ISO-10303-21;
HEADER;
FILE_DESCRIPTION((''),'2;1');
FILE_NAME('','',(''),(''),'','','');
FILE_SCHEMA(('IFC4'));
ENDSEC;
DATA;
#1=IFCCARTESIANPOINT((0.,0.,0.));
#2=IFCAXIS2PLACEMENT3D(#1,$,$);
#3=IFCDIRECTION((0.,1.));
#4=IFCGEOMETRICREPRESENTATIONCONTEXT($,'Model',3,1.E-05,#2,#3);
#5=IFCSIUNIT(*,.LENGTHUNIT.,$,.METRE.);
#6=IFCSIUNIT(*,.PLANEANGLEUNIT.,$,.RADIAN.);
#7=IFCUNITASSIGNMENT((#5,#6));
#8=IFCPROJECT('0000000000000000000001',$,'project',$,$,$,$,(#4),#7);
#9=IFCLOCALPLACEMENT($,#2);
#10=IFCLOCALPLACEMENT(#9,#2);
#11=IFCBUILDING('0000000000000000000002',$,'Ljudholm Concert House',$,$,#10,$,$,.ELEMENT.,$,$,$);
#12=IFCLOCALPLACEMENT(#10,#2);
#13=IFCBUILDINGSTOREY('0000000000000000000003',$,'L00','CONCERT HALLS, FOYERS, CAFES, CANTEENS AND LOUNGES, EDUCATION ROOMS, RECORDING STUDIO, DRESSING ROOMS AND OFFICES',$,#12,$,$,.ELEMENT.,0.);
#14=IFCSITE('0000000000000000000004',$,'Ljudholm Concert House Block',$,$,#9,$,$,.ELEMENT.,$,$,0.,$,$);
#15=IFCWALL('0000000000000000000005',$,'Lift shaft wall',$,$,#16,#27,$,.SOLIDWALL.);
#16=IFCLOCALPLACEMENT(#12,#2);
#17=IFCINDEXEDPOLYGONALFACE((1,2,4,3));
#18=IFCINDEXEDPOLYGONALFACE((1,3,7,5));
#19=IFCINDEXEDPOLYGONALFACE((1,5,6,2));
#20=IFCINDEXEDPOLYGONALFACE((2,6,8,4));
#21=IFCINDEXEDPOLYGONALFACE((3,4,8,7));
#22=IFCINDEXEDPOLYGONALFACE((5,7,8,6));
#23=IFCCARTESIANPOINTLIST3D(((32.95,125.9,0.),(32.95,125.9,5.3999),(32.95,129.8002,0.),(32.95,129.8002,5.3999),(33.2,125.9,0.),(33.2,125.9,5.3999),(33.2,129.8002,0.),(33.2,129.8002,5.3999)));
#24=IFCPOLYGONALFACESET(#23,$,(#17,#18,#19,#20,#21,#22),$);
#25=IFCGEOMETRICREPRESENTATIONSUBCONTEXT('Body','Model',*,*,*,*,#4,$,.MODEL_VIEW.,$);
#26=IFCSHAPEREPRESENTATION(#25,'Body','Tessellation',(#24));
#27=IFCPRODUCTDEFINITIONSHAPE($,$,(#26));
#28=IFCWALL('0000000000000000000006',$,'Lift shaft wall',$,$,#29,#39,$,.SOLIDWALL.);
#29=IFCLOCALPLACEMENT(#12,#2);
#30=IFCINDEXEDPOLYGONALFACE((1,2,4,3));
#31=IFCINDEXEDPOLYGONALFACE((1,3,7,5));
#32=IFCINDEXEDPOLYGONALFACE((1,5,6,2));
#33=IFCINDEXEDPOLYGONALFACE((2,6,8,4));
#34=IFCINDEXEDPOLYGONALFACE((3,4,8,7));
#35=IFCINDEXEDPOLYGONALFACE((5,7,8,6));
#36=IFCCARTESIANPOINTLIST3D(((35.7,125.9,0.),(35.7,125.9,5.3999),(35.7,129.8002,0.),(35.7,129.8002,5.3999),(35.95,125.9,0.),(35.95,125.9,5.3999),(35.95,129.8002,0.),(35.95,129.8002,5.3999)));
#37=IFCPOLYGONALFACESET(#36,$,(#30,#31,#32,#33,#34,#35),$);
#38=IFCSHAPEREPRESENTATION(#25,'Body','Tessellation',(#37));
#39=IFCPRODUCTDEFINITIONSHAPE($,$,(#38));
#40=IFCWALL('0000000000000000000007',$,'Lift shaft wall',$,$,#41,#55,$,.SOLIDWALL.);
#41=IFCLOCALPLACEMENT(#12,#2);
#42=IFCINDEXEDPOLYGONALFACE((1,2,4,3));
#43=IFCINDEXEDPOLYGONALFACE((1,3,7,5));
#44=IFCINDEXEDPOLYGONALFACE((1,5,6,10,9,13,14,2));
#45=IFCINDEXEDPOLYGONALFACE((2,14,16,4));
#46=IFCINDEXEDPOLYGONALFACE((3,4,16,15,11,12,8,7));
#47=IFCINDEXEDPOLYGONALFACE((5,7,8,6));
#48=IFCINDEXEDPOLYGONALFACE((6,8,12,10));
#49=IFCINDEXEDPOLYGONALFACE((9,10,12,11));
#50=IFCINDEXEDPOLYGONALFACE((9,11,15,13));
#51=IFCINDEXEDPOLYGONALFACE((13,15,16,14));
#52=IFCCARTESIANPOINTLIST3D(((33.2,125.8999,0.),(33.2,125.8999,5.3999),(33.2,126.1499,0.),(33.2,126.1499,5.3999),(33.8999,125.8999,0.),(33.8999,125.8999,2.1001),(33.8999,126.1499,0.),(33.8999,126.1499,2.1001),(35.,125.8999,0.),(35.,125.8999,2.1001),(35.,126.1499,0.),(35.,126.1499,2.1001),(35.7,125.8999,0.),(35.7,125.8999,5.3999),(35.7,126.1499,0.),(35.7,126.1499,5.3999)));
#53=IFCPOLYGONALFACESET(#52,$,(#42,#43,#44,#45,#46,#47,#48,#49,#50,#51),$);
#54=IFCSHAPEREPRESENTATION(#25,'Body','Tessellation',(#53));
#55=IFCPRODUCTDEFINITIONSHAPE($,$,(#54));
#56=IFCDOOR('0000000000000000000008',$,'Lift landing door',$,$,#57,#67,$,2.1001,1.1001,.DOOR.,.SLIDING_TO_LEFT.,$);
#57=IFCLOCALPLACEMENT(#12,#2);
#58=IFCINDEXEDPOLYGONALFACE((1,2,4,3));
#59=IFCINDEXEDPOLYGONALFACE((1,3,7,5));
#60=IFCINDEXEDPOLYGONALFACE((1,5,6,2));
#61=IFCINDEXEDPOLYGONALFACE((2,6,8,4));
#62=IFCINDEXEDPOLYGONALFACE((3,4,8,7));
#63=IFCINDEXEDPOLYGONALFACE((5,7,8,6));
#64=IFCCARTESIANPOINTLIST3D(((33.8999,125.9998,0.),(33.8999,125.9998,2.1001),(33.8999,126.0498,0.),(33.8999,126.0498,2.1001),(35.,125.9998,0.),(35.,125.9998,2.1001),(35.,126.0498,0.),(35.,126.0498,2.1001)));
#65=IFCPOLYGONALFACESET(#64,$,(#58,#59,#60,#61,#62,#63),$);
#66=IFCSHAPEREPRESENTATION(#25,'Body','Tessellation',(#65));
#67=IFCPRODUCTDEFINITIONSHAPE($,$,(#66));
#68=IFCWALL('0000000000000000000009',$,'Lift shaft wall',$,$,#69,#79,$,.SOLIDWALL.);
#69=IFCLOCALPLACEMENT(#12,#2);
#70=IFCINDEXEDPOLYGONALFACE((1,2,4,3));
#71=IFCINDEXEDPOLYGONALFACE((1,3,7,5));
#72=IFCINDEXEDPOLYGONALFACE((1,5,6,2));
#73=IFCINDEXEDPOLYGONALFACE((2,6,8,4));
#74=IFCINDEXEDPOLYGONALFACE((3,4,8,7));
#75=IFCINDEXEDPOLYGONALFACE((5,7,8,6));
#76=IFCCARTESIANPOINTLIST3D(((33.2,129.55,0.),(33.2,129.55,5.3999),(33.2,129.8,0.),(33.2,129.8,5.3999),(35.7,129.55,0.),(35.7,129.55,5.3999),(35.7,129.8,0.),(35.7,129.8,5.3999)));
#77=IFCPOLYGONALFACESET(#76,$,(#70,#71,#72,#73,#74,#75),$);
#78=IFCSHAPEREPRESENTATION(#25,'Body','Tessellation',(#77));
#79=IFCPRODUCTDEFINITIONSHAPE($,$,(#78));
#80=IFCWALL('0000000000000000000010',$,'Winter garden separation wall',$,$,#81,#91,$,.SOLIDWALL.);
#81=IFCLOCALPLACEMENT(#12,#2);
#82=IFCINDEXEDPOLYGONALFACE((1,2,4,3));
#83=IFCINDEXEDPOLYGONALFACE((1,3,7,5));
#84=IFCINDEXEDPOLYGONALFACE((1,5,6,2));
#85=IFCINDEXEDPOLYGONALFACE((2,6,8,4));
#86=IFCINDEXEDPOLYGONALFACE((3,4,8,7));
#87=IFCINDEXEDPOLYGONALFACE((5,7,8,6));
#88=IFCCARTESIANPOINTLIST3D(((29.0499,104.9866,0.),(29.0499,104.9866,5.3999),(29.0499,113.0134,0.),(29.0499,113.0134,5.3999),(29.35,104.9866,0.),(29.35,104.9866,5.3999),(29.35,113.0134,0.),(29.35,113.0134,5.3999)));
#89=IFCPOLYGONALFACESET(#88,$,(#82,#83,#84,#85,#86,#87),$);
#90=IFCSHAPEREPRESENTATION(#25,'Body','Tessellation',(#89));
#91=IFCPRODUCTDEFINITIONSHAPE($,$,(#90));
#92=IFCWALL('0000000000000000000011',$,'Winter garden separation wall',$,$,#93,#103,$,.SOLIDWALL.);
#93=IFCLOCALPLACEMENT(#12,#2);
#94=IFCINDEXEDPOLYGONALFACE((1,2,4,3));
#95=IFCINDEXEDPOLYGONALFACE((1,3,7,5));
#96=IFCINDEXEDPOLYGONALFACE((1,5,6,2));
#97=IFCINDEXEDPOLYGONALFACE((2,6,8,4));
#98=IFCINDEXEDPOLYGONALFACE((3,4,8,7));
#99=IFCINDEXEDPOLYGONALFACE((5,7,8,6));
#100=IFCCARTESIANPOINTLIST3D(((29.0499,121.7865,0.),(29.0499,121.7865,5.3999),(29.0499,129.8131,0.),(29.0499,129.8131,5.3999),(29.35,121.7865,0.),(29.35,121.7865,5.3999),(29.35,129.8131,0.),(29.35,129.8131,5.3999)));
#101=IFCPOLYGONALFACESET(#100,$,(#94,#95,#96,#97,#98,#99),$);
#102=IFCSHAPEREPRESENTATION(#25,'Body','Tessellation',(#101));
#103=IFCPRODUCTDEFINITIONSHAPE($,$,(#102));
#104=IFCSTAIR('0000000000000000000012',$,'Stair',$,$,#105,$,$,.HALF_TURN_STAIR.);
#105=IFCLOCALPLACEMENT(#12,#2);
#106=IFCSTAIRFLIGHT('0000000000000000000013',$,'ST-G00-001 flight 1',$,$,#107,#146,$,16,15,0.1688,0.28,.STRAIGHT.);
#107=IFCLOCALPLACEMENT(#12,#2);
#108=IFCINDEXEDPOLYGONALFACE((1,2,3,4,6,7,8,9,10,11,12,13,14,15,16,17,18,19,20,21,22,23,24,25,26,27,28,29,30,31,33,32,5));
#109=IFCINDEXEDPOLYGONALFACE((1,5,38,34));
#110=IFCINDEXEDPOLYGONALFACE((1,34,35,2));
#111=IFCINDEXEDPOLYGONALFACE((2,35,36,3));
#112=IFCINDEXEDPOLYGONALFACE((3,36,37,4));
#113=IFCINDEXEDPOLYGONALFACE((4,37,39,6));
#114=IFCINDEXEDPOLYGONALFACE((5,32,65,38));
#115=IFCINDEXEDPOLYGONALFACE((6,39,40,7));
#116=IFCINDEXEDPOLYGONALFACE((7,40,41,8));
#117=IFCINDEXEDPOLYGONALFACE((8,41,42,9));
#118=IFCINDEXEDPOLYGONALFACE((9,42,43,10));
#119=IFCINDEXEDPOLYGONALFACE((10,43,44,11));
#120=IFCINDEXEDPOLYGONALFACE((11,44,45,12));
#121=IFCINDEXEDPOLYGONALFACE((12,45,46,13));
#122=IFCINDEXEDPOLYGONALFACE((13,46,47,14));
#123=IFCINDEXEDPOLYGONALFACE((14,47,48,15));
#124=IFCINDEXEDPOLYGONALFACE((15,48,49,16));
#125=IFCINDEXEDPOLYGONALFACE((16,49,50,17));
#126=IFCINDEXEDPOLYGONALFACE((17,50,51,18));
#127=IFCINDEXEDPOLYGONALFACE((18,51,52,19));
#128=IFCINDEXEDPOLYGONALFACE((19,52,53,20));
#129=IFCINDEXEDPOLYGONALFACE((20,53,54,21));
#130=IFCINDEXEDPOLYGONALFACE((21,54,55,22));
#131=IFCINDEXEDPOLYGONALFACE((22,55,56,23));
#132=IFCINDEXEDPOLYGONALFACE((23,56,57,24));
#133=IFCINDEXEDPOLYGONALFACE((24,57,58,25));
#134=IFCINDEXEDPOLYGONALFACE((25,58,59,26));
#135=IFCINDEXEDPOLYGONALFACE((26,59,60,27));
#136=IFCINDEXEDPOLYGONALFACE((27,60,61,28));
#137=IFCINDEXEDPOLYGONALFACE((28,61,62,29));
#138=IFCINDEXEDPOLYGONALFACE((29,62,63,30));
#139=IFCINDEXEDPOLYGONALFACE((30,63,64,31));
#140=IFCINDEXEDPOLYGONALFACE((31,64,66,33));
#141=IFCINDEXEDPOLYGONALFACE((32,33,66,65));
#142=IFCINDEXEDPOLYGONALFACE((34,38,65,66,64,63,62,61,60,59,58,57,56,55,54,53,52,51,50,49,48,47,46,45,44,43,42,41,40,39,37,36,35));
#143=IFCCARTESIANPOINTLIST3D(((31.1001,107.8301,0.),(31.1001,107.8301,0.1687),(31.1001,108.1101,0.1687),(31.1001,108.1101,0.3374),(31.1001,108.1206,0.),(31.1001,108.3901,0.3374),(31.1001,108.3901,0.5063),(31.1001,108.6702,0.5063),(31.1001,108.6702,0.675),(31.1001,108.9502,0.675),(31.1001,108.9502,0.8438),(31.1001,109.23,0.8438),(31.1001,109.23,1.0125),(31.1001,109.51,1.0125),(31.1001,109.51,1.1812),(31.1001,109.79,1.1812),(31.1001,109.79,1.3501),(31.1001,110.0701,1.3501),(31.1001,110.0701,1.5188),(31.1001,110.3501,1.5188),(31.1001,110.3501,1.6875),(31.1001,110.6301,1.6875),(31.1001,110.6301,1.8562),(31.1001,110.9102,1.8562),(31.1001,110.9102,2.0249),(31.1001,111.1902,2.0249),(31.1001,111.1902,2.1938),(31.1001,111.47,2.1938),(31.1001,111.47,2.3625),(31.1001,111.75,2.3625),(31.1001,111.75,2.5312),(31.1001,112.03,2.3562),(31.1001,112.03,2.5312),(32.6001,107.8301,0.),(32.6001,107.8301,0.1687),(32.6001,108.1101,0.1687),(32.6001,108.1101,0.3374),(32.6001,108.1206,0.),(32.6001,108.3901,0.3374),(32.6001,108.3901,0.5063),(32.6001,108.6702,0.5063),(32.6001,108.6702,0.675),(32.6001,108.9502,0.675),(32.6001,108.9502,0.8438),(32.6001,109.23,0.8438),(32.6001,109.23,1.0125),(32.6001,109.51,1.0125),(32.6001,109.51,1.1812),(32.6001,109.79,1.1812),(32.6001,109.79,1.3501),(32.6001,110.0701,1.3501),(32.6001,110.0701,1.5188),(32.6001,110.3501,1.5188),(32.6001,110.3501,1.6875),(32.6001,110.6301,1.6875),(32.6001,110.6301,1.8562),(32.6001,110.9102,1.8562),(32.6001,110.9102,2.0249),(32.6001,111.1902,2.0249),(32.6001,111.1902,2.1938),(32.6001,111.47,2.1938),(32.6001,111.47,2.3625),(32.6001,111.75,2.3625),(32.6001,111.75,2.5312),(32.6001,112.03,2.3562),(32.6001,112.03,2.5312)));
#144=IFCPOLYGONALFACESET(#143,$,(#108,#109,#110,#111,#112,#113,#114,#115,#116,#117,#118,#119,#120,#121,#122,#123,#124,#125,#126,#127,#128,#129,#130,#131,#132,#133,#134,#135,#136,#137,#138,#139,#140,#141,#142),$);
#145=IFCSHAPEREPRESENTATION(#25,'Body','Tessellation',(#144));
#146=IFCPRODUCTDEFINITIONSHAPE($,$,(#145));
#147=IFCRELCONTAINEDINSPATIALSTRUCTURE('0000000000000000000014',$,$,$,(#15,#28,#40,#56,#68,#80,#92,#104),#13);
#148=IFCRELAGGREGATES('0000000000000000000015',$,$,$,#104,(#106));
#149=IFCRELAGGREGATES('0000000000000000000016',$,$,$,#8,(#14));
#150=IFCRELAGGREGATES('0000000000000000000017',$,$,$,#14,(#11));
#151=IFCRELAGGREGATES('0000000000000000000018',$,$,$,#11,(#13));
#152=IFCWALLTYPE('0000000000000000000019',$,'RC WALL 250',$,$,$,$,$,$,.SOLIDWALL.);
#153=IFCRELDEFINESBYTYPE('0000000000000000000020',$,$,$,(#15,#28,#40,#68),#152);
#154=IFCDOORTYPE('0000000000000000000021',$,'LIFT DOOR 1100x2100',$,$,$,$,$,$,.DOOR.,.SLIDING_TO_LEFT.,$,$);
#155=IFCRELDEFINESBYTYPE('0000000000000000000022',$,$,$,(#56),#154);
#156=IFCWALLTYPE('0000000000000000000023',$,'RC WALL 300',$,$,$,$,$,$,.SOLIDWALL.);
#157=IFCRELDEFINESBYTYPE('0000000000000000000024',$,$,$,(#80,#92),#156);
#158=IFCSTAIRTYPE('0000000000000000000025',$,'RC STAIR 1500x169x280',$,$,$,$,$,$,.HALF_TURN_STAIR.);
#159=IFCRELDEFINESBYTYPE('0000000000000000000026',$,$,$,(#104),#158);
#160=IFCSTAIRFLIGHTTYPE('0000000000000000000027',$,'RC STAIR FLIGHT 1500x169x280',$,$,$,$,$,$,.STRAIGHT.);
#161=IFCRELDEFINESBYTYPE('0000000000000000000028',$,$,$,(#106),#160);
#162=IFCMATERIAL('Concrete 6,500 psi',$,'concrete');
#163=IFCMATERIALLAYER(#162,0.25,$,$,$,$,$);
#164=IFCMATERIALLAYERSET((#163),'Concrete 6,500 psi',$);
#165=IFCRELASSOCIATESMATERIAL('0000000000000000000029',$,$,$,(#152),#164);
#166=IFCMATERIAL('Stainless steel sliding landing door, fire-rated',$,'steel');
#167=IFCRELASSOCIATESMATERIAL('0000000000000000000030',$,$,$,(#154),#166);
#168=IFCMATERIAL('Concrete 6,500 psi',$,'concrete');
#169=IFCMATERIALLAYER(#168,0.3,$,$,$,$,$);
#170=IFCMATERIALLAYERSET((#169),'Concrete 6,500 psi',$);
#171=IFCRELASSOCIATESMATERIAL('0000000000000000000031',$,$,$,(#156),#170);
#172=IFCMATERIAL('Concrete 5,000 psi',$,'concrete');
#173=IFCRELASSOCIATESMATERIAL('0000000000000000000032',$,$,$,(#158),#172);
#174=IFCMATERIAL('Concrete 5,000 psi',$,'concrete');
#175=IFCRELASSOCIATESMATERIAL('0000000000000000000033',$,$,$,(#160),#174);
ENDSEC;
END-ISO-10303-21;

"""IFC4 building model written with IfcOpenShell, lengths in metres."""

from ifc_helpers import new_model, si_unit, direction, frame, frame_2d, origin, place, context, subcontext, project, spatial, polyline, rectangle, outline, extrude, material, layer, layer_set, type_object, element, fill, aggregate, save


model = new_model("IFC4")

# Units and contexts
model_context = context("Model", 3, precision=1e-05, world=origin(), true_north=direction((0.0, 1.0)))
body_context = subcontext(model_context, "Body", "Model", "MODEL_VIEW")
ifc_project = project(units=[si_unit("LENGTHUNIT", "METRE"), si_unit("PLANEANGLEUNIT", "RADIAN")], contexts=[model_context])

# Site, building, storey
site_placement = place(None, origin())
site = spatial("IfcSite", under=ifc_project, at=site_placement, Name="Ljudholm Concert House Block", CompositionType="ELEMENT", RefElevation=0.0)
building_placement = place(site_placement, origin())
building = spatial("IfcBuilding", under=site, at=building_placement, Name="Ljudholm Concert House", CompositionType="ELEMENT")
storey_placement = place(building_placement, origin())
storey = spatial("IfcBuildingStorey", under=building, at=storey_placement, Name="L00", Description="CONCERT HALLS, FOYERS, CAFES, CANTEENS AND LOUNGES, EDUCATION ROOMS, RECORDING STUDIO, DRESSING ROOMS AND OFFICES", CompositionType="ELEMENT", Elevation=0.0)

# Walls
ifc_material_1 = material(Name="Concrete 6,500 psi", Category="concrete")
ifc_layer_1 = layer(ifc_material_1, 0.25)
ifc_layer_set_1 = layer_set([ifc_layer_1], Name="Concrete 6,500 psi")
wall_type_1 = type_object("IfcWallType", Name="RC WALL 250", PredefinedType="SOLIDWALL", material=ifc_layer_set_1)
for number, where, z_axis, x_axis, name in (
    (1, (33.075, 125.8999, 0.0), (0.0, 0.0, 1.0), (0.0, 1.0, 0.0), "Lift shaft wall"),
    (2, (35.825, 125.8999, 0.0), (0.0, 0.0, 1.0), (0.0, 1.0, 0.0), "Lift shaft wall"),
):
    element("IfcWall", number, at=place(storey_placement, frame(where, z_axis=z_axis, x_axis=x_axis)), inside=storey, type_object=wall_type_1, Name=name, PredefinedType="SOLIDWALL", context=body_context, shape_type="SweptSolid", body=[
        extrude(rectangle(XDim=3.9001, YDim=0.25, at=frame_2d((1.9502, 0.0))), origin(), (0.0, 0.0, 1.0), 5.3999),
    ])

# Wall, opening, door
wall_1_placement = place(storey_placement, frame((33.2, 126.0249, 0.0), z_axis=(0.0, 0.0, 1.0), x_axis=(1.0, 0.0, 0.0)))
wall_1 = element("IfcWall", 3, at=wall_1_placement, inside=storey, type_object=wall_type_1, Name="Lift shaft wall", PredefinedType="SOLIDWALL", context=body_context, shape_type="SweptSolid", body=[
    extrude(rectangle(XDim=2.5, YDim=0.25, at=frame_2d((1.25, 0.0))), origin(), (0.0, 0.0, 1.0), 5.3999),
])
opening_1_placement = place(wall_1_placement, frame((0.7, 0.0, 0.0)))
opening_1 = element("IfcOpeningElement", 4, at=opening_1_placement, cuts=wall_1, PredefinedType="OPENING", context=body_context, shape_type="SweptSolid", body=[
    extrude(rectangle(XDim=1.1001, YDim=2.1001, at=frame_2d((0.55, 1.05))), frame((0.0, 0.135, 0.0), z_axis=(0.0, -1.0, 0.0), x_axis=(1.0, 0.0, 0.0)), (0.0, 0.0, 1.0), 0.27),
])
ifc_material_2 = material(Name="Stainless steel sliding landing door, fire-rated", Category="steel")
door_type_1 = type_object("IfcDoorType", Name="LIFT DOOR 1100x2100", OperationType="SLIDING_TO_LEFT", PredefinedType="DOOR", material=ifc_material_2)
door_1_placement = place(opening_1_placement, origin())
door_1 = element("IfcDoor", 5, at=door_1_placement, inside=storey, type_object=door_type_1, Name="Lift landing door", OperationType="SLIDING_TO_LEFT", OverallHeight=2.1001, OverallWidth=1.1001, PredefinedType="DOOR", context=body_context, shape_type="SweptSolid", body=[
    extrude(rectangle(XDim=1.1001, YDim=2.1001, at=frame_2d((0.55, 1.05))), frame((0.0, 0.0249, 0.0), z_axis=(0.0, -1.0, 0.0), x_axis=(1.0, 0.0, 0.0)), (0.0, 0.0, 1.0), 0.05),
])
fill(opening_1, door_1)

# Walls
wall_2_placement = place(storey_placement, frame((33.2, 129.675, 0.0), z_axis=(0.0, 0.0, 1.0), x_axis=(1.0, 0.0, 0.0)))
element("IfcWall", 6, at=wall_2_placement, inside=storey, type_object=wall_type_1, Name="Lift shaft wall", PredefinedType="SOLIDWALL", context=body_context, shape_type="SweptSolid", body=[
    extrude(rectangle(XDim=2.5, YDim=0.25, at=frame_2d((1.25, 0.0))), origin(), (0.0, 0.0, 1.0), 5.3999),
])
ifc_material_3 = material(Name="Concrete 6,500 psi", Category="concrete")
ifc_layer_2 = layer(ifc_material_3, 0.3)
ifc_layer_set_2 = layer_set([ifc_layer_2], Name="Concrete 6,500 psi")
wall_type_2 = type_object("IfcWallType", Name="RC WALL 300", PredefinedType="SOLIDWALL", material=ifc_layer_set_2)
wall_3_placement = place(storey_placement, frame((29.2, 104.9866, 0.0), z_axis=(0.0, 0.0, 1.0), x_axis=(0.0, 1.0, 0.0)))
element("IfcWall", 7, at=wall_3_placement, inside=storey, type_object=wall_type_2, Name="Winter garden separation wall", PredefinedType="SOLIDWALL", context=body_context, shape_type="SweptSolid", body=[
    extrude(rectangle(XDim=8.0269, YDim=0.3, at=frame_2d((4.0134, 0.0))), origin(), (0.0, 0.0, 1.0), 5.3999),
])

# Wall
wall_4_placement = place(storey_placement, frame((29.2, 121.7866, 0.0), z_axis=(0.0, 0.0, 1.0), x_axis=(0.0, 1.0, 0.0)))
element("IfcWall", 8, at=wall_4_placement, inside=storey, type_object=wall_type_2, Name="Winter garden separation wall", PredefinedType="SOLIDWALL", context=body_context, shape_type="SweptSolid", body=[
    extrude(rectangle(XDim=8.0266, YDim=0.3, at=frame_2d((4.0132, 0.0))), origin(), (0.0, 0.0, 1.0), 5.3999),
])

# Stair, stair flight
ifc_material_4 = material(Name="Concrete 5,000 psi", Category="concrete")
stair_type = type_object("IfcStairType", Name="RC STAIR 1500x169x280", PredefinedType="HALF_TURN_STAIR", material=ifc_material_4)
stair_placement = place(storey_placement, origin())
stair = element("IfcStair", 9, at=stair_placement, inside=storey, type_object=stair_type, Name="Stair", PredefinedType="HALF_TURN_STAIR")
ifc_material_5 = material(Name="Concrete 5,000 psi", Category="concrete")
stair_flight_type = type_object("IfcStairFlightType", Name="RC STAIR FLIGHT 1500x169x280", PredefinedType="STRAIGHT", material=ifc_material_5)
stair_flight_1_placement = place(storey_placement, frame((31.8501, 107.8301, 0.0), z_axis=(0.0, 0.0, 1.0), x_axis=(0.0, 1.0, 0.0)))
stair_flight_1 = element("IfcStairFlight", 10, at=stair_flight_1_placement, type_object=stair_flight_type, Name="ST-G00-001 flight 1", NumberOfRisers=16, NumberOfTreads=15, PredefinedType="STRAIGHT", RiserHeight=0.1688, TreadLength=0.28, context=body_context, shape_type="SweptSolid", body=[
    extrude(outline(polyline([(0.0, 0.0), (0.0, 0.1687), (0.28, 0.1687), (0.28, 0.3374), (0.5601, 0.3374), (0.5601, 0.5063), (0.8401, 0.5063), (0.8401, 0.675), (1.1201, 0.675), (1.1201, 0.8438), (1.3999, 0.8438), (1.3999, 1.0125), (1.6799, 1.0125), (1.6799, 1.1812), (1.96, 1.1812), (1.96, 1.3501), (2.24, 1.3501), (2.24, 1.5188), (2.52, 1.5188), (2.52, 1.6875), (2.8, 1.6875), (2.8, 1.8562), (3.0801, 1.8562), (3.0801, 2.0249), (3.3601, 2.0249), (3.3601, 2.1938), (3.6399, 2.1938), (3.6399, 2.3625), (3.9199, 2.3625), (3.9199, 2.5312), (4.2, 2.5312), (4.2, 2.7), (4.2, 2.3562), (0.2905, 0.0), (0.0, 0.0)])), frame((0.0, 0.75, 0.0), z_axis=(0.0, -1.0, 0.0), x_axis=(1.0, 0.0, 0.0)), (0.0, 0.0, 1.0), 1.5),
])
aggregate(stair, [stair_flight_1])

save(model, "model.ifc")
